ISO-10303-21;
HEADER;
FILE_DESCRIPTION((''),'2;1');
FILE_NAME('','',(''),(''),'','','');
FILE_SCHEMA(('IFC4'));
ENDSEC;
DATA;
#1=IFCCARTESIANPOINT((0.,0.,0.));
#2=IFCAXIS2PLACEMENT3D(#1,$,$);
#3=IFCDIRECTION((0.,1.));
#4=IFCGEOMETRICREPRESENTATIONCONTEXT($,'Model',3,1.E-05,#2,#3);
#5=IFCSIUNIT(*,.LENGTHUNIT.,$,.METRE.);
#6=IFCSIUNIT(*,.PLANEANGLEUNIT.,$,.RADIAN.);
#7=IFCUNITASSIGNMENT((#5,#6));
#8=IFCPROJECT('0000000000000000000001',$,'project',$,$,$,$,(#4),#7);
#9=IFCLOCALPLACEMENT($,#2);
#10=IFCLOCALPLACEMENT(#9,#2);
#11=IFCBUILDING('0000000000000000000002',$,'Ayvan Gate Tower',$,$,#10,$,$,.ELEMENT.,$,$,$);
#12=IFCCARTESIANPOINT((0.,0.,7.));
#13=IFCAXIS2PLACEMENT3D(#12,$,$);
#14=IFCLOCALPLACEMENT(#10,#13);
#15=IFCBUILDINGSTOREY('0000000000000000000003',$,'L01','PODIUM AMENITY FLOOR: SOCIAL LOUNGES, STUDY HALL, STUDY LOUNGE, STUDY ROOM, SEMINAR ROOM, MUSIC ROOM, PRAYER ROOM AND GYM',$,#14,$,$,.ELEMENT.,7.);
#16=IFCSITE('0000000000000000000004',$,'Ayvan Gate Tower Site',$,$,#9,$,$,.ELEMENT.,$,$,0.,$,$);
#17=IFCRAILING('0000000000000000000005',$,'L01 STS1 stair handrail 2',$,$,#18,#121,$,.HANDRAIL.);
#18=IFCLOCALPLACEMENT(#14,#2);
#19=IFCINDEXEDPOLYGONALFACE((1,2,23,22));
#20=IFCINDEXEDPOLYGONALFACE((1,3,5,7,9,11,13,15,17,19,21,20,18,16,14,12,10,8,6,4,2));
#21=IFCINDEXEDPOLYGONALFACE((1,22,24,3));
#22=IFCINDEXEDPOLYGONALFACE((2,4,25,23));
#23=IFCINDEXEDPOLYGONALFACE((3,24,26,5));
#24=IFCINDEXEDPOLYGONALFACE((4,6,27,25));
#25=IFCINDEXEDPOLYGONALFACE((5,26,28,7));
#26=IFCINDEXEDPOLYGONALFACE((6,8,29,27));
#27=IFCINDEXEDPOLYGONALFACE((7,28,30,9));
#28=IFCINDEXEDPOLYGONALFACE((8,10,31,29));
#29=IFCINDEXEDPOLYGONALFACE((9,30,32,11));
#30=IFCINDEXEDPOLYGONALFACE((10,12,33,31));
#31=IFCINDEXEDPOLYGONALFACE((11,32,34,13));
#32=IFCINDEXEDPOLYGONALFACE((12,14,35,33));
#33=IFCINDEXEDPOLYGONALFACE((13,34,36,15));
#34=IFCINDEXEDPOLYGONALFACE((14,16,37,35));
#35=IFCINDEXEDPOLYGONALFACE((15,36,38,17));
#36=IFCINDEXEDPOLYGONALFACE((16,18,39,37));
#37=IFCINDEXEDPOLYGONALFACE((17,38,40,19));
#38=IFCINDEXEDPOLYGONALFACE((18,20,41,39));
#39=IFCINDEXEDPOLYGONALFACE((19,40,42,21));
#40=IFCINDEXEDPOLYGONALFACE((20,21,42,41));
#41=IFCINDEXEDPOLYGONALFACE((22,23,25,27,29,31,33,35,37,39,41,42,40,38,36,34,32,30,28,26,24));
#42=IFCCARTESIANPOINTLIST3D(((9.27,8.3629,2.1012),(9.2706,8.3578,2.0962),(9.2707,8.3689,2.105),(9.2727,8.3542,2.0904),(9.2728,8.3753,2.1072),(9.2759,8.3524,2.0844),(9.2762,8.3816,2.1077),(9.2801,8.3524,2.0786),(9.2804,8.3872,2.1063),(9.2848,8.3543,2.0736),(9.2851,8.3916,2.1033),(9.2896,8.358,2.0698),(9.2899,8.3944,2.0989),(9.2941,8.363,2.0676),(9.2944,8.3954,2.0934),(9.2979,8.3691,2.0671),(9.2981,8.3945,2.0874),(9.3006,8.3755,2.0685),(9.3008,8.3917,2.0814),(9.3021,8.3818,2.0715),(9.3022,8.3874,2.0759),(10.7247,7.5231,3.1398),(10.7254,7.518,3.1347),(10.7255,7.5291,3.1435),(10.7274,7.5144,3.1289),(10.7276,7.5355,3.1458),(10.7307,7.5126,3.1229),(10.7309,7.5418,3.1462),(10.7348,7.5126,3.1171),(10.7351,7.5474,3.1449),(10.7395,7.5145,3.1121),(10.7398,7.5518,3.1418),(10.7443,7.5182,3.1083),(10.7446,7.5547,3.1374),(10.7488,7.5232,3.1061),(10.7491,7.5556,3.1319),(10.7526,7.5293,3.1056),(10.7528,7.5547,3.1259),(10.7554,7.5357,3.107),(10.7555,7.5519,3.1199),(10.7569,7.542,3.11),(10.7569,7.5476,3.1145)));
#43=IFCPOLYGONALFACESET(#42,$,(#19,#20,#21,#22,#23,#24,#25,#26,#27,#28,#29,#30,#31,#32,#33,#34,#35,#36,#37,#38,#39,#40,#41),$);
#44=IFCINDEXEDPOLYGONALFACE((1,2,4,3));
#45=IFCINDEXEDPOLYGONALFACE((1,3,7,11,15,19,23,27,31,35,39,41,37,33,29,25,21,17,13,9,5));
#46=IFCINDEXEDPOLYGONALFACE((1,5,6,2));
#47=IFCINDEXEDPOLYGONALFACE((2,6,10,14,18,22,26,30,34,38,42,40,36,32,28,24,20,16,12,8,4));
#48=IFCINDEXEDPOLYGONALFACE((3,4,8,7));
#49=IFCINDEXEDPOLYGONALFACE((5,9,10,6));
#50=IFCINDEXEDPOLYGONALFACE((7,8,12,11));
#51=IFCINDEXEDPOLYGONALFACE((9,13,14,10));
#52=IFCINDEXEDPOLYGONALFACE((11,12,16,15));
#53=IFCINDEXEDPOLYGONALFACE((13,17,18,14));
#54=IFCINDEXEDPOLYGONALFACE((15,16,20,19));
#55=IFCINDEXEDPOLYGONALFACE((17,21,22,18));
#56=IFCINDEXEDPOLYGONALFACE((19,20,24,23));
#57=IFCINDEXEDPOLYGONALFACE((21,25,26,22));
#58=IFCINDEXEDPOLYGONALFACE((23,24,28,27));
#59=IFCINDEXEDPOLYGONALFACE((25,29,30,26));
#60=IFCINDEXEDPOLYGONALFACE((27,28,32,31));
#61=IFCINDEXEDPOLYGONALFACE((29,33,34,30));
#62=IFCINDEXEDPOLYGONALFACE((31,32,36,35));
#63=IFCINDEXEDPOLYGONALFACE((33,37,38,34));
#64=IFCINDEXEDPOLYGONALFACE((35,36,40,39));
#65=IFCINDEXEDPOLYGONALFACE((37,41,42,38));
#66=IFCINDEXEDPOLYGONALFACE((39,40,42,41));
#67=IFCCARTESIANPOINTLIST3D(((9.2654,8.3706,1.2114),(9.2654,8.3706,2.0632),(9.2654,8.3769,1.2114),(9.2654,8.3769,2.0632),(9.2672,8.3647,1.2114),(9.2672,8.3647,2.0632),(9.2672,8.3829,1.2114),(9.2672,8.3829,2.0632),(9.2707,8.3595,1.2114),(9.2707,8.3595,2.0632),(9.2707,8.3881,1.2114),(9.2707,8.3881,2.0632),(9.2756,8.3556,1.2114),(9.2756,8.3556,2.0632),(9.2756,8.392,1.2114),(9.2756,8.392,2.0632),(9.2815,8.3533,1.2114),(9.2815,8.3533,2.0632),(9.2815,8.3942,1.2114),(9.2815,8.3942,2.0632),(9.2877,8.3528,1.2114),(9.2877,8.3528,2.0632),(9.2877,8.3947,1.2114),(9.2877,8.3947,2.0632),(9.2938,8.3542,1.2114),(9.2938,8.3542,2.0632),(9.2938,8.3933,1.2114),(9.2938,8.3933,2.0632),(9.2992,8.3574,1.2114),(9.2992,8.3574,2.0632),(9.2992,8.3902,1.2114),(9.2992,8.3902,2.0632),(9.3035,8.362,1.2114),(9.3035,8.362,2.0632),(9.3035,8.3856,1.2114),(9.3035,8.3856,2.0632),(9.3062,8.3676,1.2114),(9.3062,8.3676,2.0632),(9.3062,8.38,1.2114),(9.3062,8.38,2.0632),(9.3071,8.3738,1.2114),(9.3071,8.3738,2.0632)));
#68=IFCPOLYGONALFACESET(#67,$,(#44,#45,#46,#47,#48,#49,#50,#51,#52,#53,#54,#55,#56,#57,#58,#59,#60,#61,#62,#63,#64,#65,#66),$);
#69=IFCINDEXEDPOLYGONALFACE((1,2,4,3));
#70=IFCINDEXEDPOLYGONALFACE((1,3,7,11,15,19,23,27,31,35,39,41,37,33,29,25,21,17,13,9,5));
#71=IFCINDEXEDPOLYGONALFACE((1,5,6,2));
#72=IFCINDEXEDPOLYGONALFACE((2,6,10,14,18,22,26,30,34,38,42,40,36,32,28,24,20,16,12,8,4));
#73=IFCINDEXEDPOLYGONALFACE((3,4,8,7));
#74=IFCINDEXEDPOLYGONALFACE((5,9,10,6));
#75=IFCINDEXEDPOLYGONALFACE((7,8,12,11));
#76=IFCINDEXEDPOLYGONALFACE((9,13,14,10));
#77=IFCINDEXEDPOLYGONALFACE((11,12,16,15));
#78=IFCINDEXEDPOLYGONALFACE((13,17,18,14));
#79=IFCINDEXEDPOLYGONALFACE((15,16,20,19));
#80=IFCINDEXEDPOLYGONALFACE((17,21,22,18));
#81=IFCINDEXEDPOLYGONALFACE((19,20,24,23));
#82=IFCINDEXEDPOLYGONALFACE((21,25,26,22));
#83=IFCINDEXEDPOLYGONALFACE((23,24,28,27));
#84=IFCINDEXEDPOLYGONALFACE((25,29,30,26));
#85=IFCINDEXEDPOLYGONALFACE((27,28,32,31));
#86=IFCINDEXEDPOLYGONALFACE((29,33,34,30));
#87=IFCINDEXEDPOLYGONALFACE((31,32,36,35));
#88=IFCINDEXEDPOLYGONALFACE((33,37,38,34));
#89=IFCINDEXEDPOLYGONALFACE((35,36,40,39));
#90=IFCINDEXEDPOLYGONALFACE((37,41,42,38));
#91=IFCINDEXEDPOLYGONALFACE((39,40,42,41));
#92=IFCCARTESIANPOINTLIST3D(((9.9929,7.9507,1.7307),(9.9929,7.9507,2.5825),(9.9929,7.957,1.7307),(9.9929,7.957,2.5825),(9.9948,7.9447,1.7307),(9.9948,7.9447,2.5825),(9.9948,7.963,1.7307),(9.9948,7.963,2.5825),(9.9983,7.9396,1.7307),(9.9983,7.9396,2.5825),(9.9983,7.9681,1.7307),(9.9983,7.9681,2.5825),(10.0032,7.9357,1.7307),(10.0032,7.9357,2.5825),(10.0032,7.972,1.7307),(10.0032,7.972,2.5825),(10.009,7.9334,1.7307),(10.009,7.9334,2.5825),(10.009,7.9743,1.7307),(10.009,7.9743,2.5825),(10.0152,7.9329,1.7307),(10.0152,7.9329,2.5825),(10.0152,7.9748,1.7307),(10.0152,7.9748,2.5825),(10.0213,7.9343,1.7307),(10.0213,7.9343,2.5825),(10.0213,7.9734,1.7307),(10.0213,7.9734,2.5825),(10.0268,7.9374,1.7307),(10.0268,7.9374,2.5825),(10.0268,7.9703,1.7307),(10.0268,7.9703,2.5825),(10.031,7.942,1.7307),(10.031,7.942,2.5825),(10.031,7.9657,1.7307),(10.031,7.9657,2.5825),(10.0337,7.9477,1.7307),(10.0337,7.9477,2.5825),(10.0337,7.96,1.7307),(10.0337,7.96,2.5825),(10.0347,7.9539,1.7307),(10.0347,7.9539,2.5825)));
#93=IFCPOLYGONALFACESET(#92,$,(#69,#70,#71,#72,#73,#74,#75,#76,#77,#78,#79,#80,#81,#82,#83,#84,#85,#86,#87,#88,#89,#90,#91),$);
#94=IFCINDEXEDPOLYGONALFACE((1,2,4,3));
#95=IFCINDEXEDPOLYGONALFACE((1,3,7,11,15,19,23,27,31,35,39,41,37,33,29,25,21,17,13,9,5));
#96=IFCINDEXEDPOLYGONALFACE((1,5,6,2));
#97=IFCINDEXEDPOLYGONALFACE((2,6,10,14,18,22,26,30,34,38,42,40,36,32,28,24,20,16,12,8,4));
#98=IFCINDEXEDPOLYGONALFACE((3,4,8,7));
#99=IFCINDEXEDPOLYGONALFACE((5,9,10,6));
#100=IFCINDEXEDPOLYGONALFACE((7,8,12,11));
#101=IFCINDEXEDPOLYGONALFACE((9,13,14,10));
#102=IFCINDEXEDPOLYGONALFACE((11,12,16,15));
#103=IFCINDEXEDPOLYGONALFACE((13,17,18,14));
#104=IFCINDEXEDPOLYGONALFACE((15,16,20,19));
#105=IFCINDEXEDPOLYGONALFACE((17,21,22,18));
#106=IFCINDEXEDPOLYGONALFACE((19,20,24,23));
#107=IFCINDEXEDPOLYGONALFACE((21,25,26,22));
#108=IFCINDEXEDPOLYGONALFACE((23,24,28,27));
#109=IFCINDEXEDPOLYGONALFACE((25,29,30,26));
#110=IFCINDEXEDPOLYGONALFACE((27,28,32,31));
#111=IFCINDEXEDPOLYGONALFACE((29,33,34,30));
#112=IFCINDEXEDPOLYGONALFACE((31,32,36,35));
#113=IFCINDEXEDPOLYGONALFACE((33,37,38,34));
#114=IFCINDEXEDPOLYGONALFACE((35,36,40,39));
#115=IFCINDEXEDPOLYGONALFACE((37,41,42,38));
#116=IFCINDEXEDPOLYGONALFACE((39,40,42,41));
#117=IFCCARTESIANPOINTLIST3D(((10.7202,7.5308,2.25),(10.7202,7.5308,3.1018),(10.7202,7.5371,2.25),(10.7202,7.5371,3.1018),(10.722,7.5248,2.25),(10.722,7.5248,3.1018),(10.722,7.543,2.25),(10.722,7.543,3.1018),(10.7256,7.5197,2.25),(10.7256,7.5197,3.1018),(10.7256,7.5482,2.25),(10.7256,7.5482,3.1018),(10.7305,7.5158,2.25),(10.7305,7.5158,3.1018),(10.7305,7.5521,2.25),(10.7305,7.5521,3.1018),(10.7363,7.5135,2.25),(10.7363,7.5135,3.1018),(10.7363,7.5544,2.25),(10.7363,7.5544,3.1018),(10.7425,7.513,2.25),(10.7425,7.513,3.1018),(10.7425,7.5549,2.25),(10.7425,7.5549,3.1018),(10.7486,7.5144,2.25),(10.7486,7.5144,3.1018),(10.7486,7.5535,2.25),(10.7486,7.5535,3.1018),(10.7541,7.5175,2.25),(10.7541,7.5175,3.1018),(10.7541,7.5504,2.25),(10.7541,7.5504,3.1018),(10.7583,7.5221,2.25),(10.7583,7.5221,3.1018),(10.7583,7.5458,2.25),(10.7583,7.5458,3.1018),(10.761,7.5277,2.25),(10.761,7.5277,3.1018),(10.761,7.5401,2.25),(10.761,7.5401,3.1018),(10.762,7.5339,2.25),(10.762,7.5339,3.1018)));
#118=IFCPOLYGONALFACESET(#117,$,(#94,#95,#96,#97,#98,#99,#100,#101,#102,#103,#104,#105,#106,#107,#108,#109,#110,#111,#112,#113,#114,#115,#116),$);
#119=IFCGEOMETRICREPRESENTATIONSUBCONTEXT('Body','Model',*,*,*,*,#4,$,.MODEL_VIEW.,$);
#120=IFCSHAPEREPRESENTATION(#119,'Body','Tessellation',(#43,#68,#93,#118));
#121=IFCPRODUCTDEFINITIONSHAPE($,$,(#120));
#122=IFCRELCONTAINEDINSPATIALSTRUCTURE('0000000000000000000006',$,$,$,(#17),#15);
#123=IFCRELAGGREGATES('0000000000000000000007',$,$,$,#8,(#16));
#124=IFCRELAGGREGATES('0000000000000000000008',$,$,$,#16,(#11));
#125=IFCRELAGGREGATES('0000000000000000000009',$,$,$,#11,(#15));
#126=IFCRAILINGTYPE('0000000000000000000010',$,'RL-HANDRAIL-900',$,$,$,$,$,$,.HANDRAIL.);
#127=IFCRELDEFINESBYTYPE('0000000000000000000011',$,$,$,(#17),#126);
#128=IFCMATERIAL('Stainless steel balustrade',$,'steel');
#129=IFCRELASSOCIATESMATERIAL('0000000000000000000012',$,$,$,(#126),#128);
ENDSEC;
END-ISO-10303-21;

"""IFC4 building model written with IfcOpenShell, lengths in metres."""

from ifc_helpers import new_model, si_unit, direction, frame, origin, origin_2d, place, context, subcontext, project, spatial, circle, extrude, material, type_object, element, save


model = new_model("IFC4")

# Units and contexts
model_context = context("Model", 3, precision=1e-05, world=origin(), true_north=direction((0.0, 1.0)))
body_context = subcontext(model_context, "Body", "Model", "MODEL_VIEW")
ifc_project = project(units=[si_unit("LENGTHUNIT", "METRE"), si_unit("PLANEANGLEUNIT", "RADIAN")], contexts=[model_context])

# Site, building, storey
site_placement = place(None, origin())
site = spatial("IfcSite", under=ifc_project, at=site_placement, Name="Ayvan Gate Tower Site", CompositionType="ELEMENT", RefElevation=0.0)
building_placement = place(site_placement, origin())
building = spatial("IfcBuilding", under=site, at=building_placement, Name="Ayvan Gate Tower", CompositionType="ELEMENT")
storey_placement = place(building_placement, frame((0.0, 0.0, 7.0)))
storey = spatial("IfcBuildingStorey", under=building, at=storey_placement, Name="L01", Description="PODIUM AMENITY FLOOR: SOCIAL LOUNGES, STUDY HALL, STUDY LOUNGE, STUDY ROOM, SEMINAR ROOM, MUSIC ROOM, PRAYER ROOM AND GYM", CompositionType="ELEMENT", Elevation=7.0)

# Railing
ifc_material_1 = material(Name="Stainless steel balustrade", Category="steel")
railing_type_1 = type_object("IfcRailingType", Name="RL-HANDRAIL-900", PredefinedType="HANDRAIL", material=ifc_material_1)
railing_1_placement = place(storey_placement, frame((9.2861, 8.3738, 1.2114)))
element("IfcRailing", 1, at=railing_1_placement, inside=storey, type_object=railing_type_1, Name="L01 STS1 stair handrail 2", PredefinedType="HANDRAIL", context=body_context, shape_type="SweptSolid", body=[
    extrude(circle(Radius=0.0239, at=origin_2d()), frame((0.0, 0.0, 0.876), z_axis=(0.736635, -0.425243, 0.525868), x_axis=(0.499953, 0.866052, 0.0)), (0.0, 0.0, 1.0), 1.9749),
    extrude(circle(Radius=0.021, at=origin_2d()), origin(), (0.0, 0.0, 1.0), 0.8518),
    extrude(circle(Radius=0.021, at=origin_2d()), frame((0.7275, -0.4199, 0.5193)), (0.0, 0.0, 1.0), 0.8518),
    extrude(circle(Radius=0.021, at=origin_2d()), frame((1.4548, -0.8398, 1.0386)), (0.0, 0.0, 1.0), 0.8518),
])

save(model, "model.ifc")
